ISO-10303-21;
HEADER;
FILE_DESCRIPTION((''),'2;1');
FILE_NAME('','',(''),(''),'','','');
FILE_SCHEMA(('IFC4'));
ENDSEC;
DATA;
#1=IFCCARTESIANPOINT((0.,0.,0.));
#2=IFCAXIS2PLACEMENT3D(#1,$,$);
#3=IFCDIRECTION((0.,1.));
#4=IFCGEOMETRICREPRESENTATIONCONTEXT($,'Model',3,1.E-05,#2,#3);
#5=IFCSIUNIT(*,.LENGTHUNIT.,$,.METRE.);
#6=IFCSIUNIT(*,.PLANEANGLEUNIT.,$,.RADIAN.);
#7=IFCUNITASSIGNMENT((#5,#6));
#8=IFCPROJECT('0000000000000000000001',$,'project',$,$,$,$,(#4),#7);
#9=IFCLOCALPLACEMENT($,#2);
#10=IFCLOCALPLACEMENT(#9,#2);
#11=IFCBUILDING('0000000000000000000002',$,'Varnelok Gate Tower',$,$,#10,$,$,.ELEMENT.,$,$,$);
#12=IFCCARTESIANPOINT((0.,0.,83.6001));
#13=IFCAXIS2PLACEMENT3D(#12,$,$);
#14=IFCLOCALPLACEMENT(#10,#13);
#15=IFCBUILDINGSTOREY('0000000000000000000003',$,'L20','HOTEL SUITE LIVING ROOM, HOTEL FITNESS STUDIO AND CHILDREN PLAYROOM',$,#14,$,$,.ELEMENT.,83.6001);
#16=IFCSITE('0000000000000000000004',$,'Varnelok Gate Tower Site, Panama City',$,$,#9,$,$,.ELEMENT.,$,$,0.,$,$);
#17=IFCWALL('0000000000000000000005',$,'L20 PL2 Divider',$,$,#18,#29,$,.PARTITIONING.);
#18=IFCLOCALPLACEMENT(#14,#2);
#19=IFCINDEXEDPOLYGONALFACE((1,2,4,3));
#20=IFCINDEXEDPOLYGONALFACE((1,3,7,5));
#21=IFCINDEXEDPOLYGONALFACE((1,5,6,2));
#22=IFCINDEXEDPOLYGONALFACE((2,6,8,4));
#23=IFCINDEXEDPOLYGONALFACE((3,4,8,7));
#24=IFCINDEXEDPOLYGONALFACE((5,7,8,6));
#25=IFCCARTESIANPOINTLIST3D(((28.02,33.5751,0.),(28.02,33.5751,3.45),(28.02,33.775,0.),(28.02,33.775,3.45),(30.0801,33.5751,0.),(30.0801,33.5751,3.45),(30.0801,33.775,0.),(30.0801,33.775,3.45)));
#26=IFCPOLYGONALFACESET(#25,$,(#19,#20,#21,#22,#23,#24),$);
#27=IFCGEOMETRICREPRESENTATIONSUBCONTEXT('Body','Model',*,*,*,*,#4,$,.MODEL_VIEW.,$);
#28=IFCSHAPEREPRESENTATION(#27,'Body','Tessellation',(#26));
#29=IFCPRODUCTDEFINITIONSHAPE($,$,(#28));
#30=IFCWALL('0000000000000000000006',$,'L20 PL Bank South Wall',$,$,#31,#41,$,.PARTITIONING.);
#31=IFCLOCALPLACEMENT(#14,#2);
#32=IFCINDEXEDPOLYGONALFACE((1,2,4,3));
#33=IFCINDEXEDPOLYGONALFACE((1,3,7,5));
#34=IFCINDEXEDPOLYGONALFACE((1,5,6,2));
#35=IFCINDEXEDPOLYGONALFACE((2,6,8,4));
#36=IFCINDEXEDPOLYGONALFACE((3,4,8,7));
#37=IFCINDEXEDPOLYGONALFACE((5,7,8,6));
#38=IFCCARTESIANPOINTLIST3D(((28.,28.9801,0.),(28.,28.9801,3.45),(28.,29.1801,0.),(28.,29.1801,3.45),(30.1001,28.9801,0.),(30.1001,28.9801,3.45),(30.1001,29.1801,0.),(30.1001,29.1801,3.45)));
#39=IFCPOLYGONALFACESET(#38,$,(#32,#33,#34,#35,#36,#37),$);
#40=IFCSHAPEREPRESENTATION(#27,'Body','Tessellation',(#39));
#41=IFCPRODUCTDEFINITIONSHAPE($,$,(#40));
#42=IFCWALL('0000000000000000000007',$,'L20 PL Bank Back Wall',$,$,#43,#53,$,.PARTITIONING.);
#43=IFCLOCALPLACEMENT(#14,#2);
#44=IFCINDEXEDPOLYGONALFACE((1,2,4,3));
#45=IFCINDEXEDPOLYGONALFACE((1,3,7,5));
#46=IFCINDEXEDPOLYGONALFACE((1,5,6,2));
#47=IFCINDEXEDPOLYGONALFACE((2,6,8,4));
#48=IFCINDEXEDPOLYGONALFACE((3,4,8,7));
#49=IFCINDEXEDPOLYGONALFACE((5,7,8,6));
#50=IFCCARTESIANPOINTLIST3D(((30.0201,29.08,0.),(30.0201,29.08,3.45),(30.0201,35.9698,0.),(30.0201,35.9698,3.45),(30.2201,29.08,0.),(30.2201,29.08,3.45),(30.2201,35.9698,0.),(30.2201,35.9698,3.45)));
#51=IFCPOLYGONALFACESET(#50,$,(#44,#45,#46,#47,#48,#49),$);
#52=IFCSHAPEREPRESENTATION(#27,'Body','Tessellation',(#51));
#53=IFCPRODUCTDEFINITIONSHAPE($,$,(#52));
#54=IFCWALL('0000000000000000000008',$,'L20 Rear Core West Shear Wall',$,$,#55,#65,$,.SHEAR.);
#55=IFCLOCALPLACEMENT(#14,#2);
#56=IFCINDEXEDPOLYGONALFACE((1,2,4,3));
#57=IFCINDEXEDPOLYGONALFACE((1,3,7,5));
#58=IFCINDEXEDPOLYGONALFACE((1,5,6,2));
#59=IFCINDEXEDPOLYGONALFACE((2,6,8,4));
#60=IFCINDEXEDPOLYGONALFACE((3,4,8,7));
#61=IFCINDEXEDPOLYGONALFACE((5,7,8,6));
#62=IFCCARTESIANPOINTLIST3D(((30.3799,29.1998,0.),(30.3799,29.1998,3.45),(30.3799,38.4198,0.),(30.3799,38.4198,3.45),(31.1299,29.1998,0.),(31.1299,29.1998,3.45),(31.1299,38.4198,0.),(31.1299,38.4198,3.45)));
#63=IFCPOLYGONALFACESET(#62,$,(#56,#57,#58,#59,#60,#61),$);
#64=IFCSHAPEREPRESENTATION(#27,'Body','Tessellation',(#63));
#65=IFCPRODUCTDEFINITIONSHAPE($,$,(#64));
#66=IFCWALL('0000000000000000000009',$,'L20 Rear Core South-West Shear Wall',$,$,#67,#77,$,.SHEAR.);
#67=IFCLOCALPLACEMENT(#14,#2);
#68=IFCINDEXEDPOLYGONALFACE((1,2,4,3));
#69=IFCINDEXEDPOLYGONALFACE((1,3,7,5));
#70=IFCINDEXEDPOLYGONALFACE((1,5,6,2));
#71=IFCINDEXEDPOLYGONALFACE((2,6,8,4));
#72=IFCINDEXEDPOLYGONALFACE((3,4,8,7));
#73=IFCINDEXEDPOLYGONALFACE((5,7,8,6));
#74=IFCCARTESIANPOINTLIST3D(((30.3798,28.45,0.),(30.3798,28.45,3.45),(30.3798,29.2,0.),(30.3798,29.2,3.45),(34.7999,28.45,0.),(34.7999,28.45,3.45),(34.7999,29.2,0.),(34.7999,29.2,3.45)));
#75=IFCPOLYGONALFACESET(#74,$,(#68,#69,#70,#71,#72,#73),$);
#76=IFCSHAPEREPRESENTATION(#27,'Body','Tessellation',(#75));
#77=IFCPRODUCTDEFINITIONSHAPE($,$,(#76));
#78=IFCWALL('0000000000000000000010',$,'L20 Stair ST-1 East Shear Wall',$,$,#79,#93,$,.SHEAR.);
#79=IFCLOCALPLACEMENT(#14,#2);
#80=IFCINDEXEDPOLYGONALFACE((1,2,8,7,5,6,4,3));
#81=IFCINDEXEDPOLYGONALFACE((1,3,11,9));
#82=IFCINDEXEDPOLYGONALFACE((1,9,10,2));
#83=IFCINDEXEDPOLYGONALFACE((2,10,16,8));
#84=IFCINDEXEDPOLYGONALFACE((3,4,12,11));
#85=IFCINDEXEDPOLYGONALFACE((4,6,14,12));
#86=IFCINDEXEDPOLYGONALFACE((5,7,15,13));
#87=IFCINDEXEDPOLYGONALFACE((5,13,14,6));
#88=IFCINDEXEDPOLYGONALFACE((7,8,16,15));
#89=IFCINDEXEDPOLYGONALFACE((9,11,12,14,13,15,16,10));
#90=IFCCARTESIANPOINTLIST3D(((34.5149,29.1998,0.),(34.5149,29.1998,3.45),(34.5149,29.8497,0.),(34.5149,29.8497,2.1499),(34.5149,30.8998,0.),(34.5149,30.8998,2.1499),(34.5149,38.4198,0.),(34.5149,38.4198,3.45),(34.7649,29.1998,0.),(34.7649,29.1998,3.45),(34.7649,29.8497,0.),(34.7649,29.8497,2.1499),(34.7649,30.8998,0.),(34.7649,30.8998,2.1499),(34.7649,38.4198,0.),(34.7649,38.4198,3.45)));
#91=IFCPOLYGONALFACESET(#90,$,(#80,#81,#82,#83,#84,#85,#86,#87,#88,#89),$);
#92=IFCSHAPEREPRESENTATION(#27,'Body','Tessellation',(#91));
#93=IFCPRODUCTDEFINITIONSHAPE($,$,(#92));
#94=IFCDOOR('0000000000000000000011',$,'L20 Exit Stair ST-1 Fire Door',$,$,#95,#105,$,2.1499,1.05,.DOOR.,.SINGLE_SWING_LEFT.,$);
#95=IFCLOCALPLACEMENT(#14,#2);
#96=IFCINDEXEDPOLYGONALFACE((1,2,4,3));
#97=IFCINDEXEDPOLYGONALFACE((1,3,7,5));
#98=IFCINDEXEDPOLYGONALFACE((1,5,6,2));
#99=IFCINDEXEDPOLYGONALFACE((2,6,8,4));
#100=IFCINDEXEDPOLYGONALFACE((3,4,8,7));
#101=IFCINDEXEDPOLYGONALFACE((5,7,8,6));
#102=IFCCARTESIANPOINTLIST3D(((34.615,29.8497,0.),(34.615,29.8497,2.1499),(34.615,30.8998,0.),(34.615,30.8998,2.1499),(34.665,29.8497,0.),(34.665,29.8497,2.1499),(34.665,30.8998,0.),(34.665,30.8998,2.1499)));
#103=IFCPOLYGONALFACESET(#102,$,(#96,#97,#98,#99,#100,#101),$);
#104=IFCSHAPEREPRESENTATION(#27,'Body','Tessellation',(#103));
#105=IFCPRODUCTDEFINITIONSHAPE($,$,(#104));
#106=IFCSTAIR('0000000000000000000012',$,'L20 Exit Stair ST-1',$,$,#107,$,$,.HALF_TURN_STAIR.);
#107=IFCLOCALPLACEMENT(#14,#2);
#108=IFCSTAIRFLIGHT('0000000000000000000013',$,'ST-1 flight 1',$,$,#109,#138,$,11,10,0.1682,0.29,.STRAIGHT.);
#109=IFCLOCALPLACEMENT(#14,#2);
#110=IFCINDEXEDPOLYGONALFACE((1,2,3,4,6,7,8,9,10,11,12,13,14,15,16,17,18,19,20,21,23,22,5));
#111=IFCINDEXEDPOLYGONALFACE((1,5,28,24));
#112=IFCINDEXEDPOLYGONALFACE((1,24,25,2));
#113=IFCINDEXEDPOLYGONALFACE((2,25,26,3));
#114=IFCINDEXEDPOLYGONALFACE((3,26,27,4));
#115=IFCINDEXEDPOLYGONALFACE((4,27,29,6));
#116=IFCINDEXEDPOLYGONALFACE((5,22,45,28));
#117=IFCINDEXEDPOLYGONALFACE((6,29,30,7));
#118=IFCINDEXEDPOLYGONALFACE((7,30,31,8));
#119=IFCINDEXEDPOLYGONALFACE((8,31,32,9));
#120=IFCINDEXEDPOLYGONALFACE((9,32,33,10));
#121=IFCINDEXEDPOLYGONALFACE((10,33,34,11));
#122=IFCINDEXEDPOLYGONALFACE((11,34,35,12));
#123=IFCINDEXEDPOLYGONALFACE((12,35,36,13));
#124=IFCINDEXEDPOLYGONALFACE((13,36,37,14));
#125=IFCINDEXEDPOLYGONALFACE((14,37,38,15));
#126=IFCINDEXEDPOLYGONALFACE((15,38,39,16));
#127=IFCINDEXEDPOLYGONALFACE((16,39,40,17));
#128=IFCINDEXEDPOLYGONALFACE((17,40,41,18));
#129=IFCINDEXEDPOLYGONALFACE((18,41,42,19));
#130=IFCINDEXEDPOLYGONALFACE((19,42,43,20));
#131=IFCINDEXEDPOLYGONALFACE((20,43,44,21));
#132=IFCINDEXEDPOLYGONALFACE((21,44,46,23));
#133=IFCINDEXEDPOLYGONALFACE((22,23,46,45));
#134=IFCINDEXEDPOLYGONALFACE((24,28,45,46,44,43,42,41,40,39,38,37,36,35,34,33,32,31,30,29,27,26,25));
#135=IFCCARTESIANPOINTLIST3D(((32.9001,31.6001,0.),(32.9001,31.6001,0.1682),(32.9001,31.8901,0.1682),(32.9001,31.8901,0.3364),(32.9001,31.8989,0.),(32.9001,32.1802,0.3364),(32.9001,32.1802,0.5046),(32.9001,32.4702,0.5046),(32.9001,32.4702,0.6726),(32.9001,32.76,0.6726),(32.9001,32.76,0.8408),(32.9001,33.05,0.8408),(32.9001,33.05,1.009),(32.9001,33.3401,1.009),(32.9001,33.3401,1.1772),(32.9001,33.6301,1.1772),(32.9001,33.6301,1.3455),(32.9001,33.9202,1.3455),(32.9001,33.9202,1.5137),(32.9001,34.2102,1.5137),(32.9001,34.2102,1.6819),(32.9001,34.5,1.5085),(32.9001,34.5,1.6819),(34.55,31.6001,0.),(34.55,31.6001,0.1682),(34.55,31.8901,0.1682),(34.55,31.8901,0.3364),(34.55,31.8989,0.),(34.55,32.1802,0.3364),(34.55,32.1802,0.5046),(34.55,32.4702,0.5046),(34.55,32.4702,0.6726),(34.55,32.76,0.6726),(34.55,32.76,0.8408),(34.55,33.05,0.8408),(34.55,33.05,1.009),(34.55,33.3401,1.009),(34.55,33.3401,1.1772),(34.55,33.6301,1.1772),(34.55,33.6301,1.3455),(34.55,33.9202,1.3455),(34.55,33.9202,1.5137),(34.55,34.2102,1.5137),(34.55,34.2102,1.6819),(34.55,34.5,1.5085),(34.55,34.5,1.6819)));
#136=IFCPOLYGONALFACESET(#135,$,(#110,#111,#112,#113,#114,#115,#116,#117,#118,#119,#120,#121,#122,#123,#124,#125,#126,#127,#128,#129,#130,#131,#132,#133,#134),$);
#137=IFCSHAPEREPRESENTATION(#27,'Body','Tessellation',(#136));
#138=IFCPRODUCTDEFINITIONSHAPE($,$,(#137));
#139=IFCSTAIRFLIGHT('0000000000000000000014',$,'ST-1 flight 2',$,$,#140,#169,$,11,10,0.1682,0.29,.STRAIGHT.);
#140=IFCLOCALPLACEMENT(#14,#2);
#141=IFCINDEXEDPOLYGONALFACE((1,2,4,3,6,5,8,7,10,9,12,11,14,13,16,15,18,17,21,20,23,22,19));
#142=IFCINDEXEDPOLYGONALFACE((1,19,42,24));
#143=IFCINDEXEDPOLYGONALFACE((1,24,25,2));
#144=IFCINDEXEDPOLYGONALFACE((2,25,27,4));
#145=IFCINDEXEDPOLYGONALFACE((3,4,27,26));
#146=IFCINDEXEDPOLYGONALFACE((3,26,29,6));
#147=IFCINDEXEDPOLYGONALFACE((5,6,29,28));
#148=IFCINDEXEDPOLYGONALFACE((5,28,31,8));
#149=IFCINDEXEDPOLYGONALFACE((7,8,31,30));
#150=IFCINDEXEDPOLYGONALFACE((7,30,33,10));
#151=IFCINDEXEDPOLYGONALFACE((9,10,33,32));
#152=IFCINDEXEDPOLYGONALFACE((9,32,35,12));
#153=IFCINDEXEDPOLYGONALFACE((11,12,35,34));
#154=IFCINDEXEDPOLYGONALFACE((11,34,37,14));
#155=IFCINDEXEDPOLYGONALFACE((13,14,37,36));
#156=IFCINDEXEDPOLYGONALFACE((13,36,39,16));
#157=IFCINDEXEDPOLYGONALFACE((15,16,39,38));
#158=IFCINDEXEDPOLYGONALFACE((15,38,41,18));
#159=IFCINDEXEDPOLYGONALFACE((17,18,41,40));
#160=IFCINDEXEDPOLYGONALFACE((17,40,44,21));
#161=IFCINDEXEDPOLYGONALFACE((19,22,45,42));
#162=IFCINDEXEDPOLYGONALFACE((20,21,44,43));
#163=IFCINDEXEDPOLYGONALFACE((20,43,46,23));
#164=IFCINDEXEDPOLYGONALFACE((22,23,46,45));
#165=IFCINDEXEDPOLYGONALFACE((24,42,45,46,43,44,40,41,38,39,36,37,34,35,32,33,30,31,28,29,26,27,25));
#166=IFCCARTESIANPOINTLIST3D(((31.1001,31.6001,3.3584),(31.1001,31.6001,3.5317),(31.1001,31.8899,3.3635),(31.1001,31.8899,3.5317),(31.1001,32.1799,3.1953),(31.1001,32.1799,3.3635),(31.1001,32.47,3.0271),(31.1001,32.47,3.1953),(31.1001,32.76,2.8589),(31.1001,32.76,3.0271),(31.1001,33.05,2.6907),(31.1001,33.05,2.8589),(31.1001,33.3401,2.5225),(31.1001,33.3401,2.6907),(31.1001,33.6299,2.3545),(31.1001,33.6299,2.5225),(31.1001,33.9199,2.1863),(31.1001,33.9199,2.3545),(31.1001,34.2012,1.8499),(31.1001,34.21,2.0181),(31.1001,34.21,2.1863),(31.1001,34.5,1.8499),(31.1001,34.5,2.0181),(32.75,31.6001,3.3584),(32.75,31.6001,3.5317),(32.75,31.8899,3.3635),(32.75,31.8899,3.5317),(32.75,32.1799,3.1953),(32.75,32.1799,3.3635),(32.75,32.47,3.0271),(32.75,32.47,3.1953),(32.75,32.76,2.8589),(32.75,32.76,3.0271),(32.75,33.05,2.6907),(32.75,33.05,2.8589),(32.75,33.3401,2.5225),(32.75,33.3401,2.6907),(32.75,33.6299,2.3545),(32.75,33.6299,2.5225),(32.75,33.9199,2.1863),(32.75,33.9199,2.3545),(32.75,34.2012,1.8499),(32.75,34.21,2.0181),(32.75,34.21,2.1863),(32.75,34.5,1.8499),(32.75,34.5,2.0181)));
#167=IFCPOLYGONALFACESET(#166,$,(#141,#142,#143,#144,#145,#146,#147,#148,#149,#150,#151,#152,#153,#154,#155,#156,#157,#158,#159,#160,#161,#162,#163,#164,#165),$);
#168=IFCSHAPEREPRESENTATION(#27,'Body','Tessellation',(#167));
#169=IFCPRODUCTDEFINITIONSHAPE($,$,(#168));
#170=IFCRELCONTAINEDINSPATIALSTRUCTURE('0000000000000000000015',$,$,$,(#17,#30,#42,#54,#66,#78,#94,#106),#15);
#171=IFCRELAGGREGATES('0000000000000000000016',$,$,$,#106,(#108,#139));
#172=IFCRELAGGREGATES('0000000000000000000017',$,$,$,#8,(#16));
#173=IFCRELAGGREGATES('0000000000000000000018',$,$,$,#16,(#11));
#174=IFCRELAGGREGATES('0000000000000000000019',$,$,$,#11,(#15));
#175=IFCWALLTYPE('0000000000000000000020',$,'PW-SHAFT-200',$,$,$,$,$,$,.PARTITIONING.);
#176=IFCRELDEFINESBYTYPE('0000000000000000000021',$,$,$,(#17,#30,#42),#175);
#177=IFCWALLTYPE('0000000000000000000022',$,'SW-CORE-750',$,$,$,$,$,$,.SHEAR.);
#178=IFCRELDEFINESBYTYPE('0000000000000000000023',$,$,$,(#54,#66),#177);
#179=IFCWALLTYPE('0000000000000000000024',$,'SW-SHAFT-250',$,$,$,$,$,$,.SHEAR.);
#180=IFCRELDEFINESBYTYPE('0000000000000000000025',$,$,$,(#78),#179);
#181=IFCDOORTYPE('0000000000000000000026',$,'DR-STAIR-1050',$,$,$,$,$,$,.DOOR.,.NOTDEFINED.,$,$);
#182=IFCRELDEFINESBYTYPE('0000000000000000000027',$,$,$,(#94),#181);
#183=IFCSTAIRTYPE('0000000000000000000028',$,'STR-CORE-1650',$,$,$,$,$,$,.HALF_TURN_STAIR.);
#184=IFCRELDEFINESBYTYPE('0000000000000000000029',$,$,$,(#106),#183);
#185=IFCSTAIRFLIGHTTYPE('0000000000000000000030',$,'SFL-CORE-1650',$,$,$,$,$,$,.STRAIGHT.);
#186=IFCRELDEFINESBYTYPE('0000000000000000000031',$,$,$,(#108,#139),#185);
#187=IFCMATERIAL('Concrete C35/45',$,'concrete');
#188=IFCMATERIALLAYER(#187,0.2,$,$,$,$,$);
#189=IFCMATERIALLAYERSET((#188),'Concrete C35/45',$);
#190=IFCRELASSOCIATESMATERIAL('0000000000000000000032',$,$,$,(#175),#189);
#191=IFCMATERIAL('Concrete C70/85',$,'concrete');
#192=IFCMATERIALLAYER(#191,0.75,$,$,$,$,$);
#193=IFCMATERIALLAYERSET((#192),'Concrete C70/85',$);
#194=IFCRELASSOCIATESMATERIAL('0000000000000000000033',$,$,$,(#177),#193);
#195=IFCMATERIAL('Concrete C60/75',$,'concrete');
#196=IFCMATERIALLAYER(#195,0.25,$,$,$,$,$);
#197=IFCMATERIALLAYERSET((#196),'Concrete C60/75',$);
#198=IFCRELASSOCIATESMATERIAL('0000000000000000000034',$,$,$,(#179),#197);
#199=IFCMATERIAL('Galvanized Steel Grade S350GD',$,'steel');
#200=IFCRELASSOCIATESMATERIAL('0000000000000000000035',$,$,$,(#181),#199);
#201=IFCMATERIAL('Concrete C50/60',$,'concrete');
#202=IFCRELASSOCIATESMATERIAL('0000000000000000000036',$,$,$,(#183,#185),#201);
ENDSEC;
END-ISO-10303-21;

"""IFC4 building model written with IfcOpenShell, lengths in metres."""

from ifc_helpers import new_model, si_unit, direction, frame, frame_2d, origin, place, context, subcontext, project, spatial, polyline, rectangle, outline, extrude, material, layer, layer_set, type_object, element, fill, aggregate, save


model = new_model("IFC4")

# Units and contexts
model_context = context("Model", 3, precision=1e-05, world=origin(), true_north=direction((0.0, 1.0)))
body_context = subcontext(model_context, "Body", "Model", "MODEL_VIEW")
ifc_project = project(units=[si_unit("LENGTHUNIT", "METRE"), si_unit("PLANEANGLEUNIT", "RADIAN")], contexts=[model_context])

# Site, building, storey
site_placement = place(None, origin())
site = spatial("IfcSite", under=ifc_project, at=site_placement, Name="Varnelok Gate Tower Site, Panama City", CompositionType="ELEMENT", RefElevation=0.0)
building_placement = place(site_placement, origin())
building = spatial("IfcBuilding", under=site, at=building_placement, Name="Varnelok Gate Tower", CompositionType="ELEMENT")
storey_placement = place(building_placement, frame((0.0, 0.0, 83.6001)))
storey = spatial("IfcBuildingStorey", under=building, at=storey_placement, Name="L20", Description="HOTEL SUITE LIVING ROOM, HOTEL FITNESS STUDIO AND CHILDREN PLAYROOM", CompositionType="ELEMENT", Elevation=83.6001)

# Shared definitions
ifc_material_1 = material(Name="Concrete C70/85", Category="concrete")

# Shared definitions
ifc_material_2 = material(Name="Concrete C60/75", Category="concrete")

# Shared definitions
ifc_material_3 = material(Name="Concrete C35/45", Category="concrete")
ifc_layer_1 = layer(ifc_material_3, 0.2)
ifc_layer_set_1 = layer_set([ifc_layer_1], Name="Concrete C35/45")
wall_type_1 = type_object("IfcWallType", Name="PW-SHAFT-200", PredefinedType="PARTITIONING", material=ifc_layer_set_1)
ifc_material_4 = material(Name="Galvanized Steel Grade S350GD", Category="steel")

# Walls
for number, where, z_axis, x_axis, name in (
    (1, (28.02, 33.675, 0.0), (0.0, 0.0, 1.0), (1.0, 0.0, 0.0), "L20 PL2 Divider"),
):
    element("IfcWall", number, at=place(storey_placement, frame(where, z_axis=z_axis, x_axis=x_axis)), inside=storey, type_object=wall_type_1, Name=name, PredefinedType="PARTITIONING", context=body_context, shape_type="SweptSolid", body=[
        extrude(rectangle(XDim=2.0601, YDim=0.2, at=frame_2d((1.03, 0.0))), origin(), (0.0, 0.0, 1.0), 3.45),
    ])
wall_1_placement = place(storey_placement, frame((28.0, 29.0801, 0.0), z_axis=(0.0, 0.0, 1.0), x_axis=(1.0, 0.0, 0.0)))
element("IfcWall", 2, at=wall_1_placement, inside=storey, type_object=wall_type_1, Name="L20 PL Bank South Wall", PredefinedType="PARTITIONING", context=body_context, shape_type="SweptSolid", body=[
    extrude(rectangle(XDim=2.1001, YDim=0.2, at=frame_2d((1.05, 0.0))), origin(), (0.0, 0.0, 1.0), 3.45),
])
wall_2_placement = place(storey_placement, frame((30.1201, 29.0801, 0.0), z_axis=(0.0, 0.0, 1.0), x_axis=(0.0, 1.0, 0.0)))
element("IfcWall", 3, at=wall_2_placement, inside=storey, type_object=wall_type_1, Name="L20 PL Bank Back Wall", PredefinedType="PARTITIONING", context=body_context, shape_type="SweptSolid", body=[
    extrude(rectangle(XDim=6.8899, YDim=0.2, at=frame_2d((3.4448, 0.0))), origin(), (0.0, 0.0, 1.0), 3.45),
])

# Walls
ifc_layer_2 = layer(ifc_material_1, 0.75)
ifc_layer_set_2 = layer_set([ifc_layer_2], Name="Concrete C70/85")
wall_type_2 = type_object("IfcWallType", Name="SW-CORE-750", PredefinedType="SHEAR", material=ifc_layer_set_2)
wall_3_placement = place(storey_placement, frame((30.7549, 29.2, 0.0), z_axis=(0.0, 0.0, 1.0), x_axis=(0.0, 1.0, 0.0)))
element("IfcWall", 4, at=wall_3_placement, inside=storey, type_object=wall_type_2, Name="L20 Rear Core West Shear Wall", PredefinedType="SHEAR", context=body_context, shape_type="SweptSolid", body=[
    extrude(rectangle(XDim=9.22, YDim=0.75, at=frame_2d((4.6099, 0.0))), origin(), (0.0, 0.0, 1.0), 3.45),
])
wall_4_placement = place(storey_placement, frame((30.3799, 28.825, 0.0), z_axis=(0.0, 0.0, 1.0), x_axis=(1.0, 0.0, 0.0)))
element("IfcWall", 5, at=wall_4_placement, inside=storey, type_object=wall_type_2, Name="L20 Rear Core South-West Shear Wall", PredefinedType="SHEAR", context=body_context, shape_type="SweptSolid", body=[
    extrude(rectangle(XDim=4.4202, YDim=0.75, at=frame_2d((2.21, 0.0))), origin(), (0.0, 0.0, 1.0), 3.45),
])

# Wall, opening, door
ifc_layer_3 = layer(ifc_material_2, 0.25)
ifc_layer_set_3 = layer_set([ifc_layer_3], Name="Concrete C60/75")
wall_type_3 = type_object("IfcWallType", Name="SW-SHAFT-250", PredefinedType="SHEAR", material=ifc_layer_set_3)
wall_5_placement = place(storey_placement, frame((34.6399, 29.2, 0.0), z_axis=(0.0, 0.0, 1.0), x_axis=(0.0, 1.0, 0.0)))
wall_5 = element("IfcWall", 6, at=wall_5_placement, inside=storey, type_object=wall_type_3, Name="L20 Stair ST-1 East Shear Wall", PredefinedType="SHEAR", context=body_context, shape_type="SweptSolid", body=[
    extrude(rectangle(XDim=9.22, YDim=0.25, at=frame_2d((4.6099, 0.0))), origin(), (0.0, 0.0, 1.0), 3.45),
])
opening_1_placement = place(wall_5_placement, frame((0.6499, 0.0, 0.0)))
opening_1 = element("IfcOpeningElement", 7, at=opening_1_placement, cuts=wall_5, PredefinedType="OPENING", context=body_context, shape_type="SweptSolid", body=[
    extrude(rectangle(XDim=1.05, YDim=2.1499, at=frame_2d((0.5249, 1.075))), frame((0.0, 0.135, 0.0), z_axis=(0.0, -1.0, 0.0), x_axis=(1.0, 0.0, 0.0)), (0.0, 0.0, 1.0), 0.27),
])
door_type_1 = type_object("IfcDoorType", Name="DR-STAIR-1050", OperationType="NOTDEFINED", PredefinedType="DOOR", material=ifc_material_4)
door_1_placement = place(opening_1_placement, origin())
door_1 = element("IfcDoor", 8, at=door_1_placement, inside=storey, type_object=door_type_1, Name="L20 Exit Stair ST-1 Fire Door", OperationType="SINGLE_SWING_LEFT", OverallHeight=2.1499, OverallWidth=1.05, PredefinedType="DOOR", context=body_context, shape_type="SweptSolid", body=[
    extrude(rectangle(XDim=1.05, YDim=2.1499, at=frame_2d((0.5249, 1.075))), frame((0.0, 0.0249, 0.0), z_axis=(0.0, -1.0, 0.0), x_axis=(1.0, 0.0, 0.0)), (0.0, 0.0, 1.0), 0.05),
])
fill(opening_1, door_1)

# Stair, stair flights
ifc_material_5 = material(Name="Concrete C50/60", Category="concrete")
stair_type = type_object("IfcStairType", Name="STR-CORE-1650", PredefinedType="HALF_TURN_STAIR", material=ifc_material_5)
stair_placement = place(storey_placement, origin())
stair = element("IfcStair", 9, at=stair_placement, inside=storey, type_object=stair_type, Name="L20 Exit Stair ST-1", PredefinedType="HALF_TURN_STAIR")
stair_flight_type = type_object("IfcStairFlightType", Name="SFL-CORE-1650", PredefinedType="STRAIGHT", material=ifc_material_5)
stair_flight_1_placement = place(storey_placement, frame((33.7251, 31.6001, 0.0), z_axis=(0.0, 0.0, 1.0), x_axis=(0.0, 1.0, 0.0)))
stair_flight_1 = element("IfcStairFlight", 10, at=stair_flight_1_placement, type_object=stair_flight_type, Name="ST-1 flight 1", NumberOfRisers=11, NumberOfTreads=10, PredefinedType="STRAIGHT", RiserHeight=0.1682, TreadLength=0.29, context=body_context, shape_type="SweptSolid", body=[
    extrude(outline(polyline([(0.0, 0.0), (0.0, 0.1682), (0.29, 0.1682), (0.29, 0.3364), (0.5801, 0.3364), (0.5801, 0.5046), (0.8701, 0.5046), (0.8701, 0.6726), (1.1599, 0.6726), (1.1599, 0.8408), (1.45, 0.8408), (1.45, 1.009), (1.74, 1.009), (1.74, 1.1772), (2.03, 1.1772), (2.03, 1.3455), (2.3201, 1.3455), (2.3201, 1.5137), (2.6101, 1.5137), (2.6101, 1.6819), (2.8999, 1.6819), (2.8999, 1.8501), (2.8999, 1.5085), (0.2988, 0.0), (0.0, 0.0)])), frame((0.0, 0.825, 0.0), z_axis=(0.0, -1.0, 0.0), x_axis=(1.0, 0.0, 0.0)), (0.0, 0.0, 1.0), 1.6499),
])
stair_flight_2_placement = place(storey_placement, frame((31.925, 34.5, 1.8499), z_axis=(0.0, 0.0, 1.0), x_axis=(0.0, -1.0, 0.0)))
stair_flight_2 = element("IfcStairFlight", 11, at=stair_flight_2_placement, type_object=stair_flight_type, Name="ST-1 flight 2", NumberOfRisers=11, NumberOfTreads=10, PredefinedType="STRAIGHT", RiserHeight=0.1682, TreadLength=0.29, context=body_context, shape_type="SweptSolid", body=[
    extrude(outline(polyline([(0.0, 0.0), (0.0, 0.1682), (0.29, 0.1682), (0.29, 0.3364), (0.5801, 0.3364), (0.5801, 0.5046), (0.8701, 0.5046), (0.8701, 0.6726), (1.1599, 0.6726), (1.1599, 0.8408), (1.45, 0.8408), (1.45, 1.009), (1.74, 1.009), (1.74, 1.1772), (2.03, 1.1772), (2.03, 1.3455), (2.3201, 1.3455), (2.3201, 1.5137), (2.6101, 1.5137), (2.6101, 1.6819), (2.8999, 1.6819), (2.8999, 1.8501), (2.8999, 1.5085), (0.2988, 0.0), (0.0, 0.0)])), frame((0.0, 0.825, 0.0), z_axis=(0.0, -1.0, 0.0), x_axis=(1.0, 0.0, 0.0)), (0.0, 0.0, 1.0), 1.6499),
])
aggregate(stair, [stair_flight_1, stair_flight_2])

save(model, "model.ifc")
